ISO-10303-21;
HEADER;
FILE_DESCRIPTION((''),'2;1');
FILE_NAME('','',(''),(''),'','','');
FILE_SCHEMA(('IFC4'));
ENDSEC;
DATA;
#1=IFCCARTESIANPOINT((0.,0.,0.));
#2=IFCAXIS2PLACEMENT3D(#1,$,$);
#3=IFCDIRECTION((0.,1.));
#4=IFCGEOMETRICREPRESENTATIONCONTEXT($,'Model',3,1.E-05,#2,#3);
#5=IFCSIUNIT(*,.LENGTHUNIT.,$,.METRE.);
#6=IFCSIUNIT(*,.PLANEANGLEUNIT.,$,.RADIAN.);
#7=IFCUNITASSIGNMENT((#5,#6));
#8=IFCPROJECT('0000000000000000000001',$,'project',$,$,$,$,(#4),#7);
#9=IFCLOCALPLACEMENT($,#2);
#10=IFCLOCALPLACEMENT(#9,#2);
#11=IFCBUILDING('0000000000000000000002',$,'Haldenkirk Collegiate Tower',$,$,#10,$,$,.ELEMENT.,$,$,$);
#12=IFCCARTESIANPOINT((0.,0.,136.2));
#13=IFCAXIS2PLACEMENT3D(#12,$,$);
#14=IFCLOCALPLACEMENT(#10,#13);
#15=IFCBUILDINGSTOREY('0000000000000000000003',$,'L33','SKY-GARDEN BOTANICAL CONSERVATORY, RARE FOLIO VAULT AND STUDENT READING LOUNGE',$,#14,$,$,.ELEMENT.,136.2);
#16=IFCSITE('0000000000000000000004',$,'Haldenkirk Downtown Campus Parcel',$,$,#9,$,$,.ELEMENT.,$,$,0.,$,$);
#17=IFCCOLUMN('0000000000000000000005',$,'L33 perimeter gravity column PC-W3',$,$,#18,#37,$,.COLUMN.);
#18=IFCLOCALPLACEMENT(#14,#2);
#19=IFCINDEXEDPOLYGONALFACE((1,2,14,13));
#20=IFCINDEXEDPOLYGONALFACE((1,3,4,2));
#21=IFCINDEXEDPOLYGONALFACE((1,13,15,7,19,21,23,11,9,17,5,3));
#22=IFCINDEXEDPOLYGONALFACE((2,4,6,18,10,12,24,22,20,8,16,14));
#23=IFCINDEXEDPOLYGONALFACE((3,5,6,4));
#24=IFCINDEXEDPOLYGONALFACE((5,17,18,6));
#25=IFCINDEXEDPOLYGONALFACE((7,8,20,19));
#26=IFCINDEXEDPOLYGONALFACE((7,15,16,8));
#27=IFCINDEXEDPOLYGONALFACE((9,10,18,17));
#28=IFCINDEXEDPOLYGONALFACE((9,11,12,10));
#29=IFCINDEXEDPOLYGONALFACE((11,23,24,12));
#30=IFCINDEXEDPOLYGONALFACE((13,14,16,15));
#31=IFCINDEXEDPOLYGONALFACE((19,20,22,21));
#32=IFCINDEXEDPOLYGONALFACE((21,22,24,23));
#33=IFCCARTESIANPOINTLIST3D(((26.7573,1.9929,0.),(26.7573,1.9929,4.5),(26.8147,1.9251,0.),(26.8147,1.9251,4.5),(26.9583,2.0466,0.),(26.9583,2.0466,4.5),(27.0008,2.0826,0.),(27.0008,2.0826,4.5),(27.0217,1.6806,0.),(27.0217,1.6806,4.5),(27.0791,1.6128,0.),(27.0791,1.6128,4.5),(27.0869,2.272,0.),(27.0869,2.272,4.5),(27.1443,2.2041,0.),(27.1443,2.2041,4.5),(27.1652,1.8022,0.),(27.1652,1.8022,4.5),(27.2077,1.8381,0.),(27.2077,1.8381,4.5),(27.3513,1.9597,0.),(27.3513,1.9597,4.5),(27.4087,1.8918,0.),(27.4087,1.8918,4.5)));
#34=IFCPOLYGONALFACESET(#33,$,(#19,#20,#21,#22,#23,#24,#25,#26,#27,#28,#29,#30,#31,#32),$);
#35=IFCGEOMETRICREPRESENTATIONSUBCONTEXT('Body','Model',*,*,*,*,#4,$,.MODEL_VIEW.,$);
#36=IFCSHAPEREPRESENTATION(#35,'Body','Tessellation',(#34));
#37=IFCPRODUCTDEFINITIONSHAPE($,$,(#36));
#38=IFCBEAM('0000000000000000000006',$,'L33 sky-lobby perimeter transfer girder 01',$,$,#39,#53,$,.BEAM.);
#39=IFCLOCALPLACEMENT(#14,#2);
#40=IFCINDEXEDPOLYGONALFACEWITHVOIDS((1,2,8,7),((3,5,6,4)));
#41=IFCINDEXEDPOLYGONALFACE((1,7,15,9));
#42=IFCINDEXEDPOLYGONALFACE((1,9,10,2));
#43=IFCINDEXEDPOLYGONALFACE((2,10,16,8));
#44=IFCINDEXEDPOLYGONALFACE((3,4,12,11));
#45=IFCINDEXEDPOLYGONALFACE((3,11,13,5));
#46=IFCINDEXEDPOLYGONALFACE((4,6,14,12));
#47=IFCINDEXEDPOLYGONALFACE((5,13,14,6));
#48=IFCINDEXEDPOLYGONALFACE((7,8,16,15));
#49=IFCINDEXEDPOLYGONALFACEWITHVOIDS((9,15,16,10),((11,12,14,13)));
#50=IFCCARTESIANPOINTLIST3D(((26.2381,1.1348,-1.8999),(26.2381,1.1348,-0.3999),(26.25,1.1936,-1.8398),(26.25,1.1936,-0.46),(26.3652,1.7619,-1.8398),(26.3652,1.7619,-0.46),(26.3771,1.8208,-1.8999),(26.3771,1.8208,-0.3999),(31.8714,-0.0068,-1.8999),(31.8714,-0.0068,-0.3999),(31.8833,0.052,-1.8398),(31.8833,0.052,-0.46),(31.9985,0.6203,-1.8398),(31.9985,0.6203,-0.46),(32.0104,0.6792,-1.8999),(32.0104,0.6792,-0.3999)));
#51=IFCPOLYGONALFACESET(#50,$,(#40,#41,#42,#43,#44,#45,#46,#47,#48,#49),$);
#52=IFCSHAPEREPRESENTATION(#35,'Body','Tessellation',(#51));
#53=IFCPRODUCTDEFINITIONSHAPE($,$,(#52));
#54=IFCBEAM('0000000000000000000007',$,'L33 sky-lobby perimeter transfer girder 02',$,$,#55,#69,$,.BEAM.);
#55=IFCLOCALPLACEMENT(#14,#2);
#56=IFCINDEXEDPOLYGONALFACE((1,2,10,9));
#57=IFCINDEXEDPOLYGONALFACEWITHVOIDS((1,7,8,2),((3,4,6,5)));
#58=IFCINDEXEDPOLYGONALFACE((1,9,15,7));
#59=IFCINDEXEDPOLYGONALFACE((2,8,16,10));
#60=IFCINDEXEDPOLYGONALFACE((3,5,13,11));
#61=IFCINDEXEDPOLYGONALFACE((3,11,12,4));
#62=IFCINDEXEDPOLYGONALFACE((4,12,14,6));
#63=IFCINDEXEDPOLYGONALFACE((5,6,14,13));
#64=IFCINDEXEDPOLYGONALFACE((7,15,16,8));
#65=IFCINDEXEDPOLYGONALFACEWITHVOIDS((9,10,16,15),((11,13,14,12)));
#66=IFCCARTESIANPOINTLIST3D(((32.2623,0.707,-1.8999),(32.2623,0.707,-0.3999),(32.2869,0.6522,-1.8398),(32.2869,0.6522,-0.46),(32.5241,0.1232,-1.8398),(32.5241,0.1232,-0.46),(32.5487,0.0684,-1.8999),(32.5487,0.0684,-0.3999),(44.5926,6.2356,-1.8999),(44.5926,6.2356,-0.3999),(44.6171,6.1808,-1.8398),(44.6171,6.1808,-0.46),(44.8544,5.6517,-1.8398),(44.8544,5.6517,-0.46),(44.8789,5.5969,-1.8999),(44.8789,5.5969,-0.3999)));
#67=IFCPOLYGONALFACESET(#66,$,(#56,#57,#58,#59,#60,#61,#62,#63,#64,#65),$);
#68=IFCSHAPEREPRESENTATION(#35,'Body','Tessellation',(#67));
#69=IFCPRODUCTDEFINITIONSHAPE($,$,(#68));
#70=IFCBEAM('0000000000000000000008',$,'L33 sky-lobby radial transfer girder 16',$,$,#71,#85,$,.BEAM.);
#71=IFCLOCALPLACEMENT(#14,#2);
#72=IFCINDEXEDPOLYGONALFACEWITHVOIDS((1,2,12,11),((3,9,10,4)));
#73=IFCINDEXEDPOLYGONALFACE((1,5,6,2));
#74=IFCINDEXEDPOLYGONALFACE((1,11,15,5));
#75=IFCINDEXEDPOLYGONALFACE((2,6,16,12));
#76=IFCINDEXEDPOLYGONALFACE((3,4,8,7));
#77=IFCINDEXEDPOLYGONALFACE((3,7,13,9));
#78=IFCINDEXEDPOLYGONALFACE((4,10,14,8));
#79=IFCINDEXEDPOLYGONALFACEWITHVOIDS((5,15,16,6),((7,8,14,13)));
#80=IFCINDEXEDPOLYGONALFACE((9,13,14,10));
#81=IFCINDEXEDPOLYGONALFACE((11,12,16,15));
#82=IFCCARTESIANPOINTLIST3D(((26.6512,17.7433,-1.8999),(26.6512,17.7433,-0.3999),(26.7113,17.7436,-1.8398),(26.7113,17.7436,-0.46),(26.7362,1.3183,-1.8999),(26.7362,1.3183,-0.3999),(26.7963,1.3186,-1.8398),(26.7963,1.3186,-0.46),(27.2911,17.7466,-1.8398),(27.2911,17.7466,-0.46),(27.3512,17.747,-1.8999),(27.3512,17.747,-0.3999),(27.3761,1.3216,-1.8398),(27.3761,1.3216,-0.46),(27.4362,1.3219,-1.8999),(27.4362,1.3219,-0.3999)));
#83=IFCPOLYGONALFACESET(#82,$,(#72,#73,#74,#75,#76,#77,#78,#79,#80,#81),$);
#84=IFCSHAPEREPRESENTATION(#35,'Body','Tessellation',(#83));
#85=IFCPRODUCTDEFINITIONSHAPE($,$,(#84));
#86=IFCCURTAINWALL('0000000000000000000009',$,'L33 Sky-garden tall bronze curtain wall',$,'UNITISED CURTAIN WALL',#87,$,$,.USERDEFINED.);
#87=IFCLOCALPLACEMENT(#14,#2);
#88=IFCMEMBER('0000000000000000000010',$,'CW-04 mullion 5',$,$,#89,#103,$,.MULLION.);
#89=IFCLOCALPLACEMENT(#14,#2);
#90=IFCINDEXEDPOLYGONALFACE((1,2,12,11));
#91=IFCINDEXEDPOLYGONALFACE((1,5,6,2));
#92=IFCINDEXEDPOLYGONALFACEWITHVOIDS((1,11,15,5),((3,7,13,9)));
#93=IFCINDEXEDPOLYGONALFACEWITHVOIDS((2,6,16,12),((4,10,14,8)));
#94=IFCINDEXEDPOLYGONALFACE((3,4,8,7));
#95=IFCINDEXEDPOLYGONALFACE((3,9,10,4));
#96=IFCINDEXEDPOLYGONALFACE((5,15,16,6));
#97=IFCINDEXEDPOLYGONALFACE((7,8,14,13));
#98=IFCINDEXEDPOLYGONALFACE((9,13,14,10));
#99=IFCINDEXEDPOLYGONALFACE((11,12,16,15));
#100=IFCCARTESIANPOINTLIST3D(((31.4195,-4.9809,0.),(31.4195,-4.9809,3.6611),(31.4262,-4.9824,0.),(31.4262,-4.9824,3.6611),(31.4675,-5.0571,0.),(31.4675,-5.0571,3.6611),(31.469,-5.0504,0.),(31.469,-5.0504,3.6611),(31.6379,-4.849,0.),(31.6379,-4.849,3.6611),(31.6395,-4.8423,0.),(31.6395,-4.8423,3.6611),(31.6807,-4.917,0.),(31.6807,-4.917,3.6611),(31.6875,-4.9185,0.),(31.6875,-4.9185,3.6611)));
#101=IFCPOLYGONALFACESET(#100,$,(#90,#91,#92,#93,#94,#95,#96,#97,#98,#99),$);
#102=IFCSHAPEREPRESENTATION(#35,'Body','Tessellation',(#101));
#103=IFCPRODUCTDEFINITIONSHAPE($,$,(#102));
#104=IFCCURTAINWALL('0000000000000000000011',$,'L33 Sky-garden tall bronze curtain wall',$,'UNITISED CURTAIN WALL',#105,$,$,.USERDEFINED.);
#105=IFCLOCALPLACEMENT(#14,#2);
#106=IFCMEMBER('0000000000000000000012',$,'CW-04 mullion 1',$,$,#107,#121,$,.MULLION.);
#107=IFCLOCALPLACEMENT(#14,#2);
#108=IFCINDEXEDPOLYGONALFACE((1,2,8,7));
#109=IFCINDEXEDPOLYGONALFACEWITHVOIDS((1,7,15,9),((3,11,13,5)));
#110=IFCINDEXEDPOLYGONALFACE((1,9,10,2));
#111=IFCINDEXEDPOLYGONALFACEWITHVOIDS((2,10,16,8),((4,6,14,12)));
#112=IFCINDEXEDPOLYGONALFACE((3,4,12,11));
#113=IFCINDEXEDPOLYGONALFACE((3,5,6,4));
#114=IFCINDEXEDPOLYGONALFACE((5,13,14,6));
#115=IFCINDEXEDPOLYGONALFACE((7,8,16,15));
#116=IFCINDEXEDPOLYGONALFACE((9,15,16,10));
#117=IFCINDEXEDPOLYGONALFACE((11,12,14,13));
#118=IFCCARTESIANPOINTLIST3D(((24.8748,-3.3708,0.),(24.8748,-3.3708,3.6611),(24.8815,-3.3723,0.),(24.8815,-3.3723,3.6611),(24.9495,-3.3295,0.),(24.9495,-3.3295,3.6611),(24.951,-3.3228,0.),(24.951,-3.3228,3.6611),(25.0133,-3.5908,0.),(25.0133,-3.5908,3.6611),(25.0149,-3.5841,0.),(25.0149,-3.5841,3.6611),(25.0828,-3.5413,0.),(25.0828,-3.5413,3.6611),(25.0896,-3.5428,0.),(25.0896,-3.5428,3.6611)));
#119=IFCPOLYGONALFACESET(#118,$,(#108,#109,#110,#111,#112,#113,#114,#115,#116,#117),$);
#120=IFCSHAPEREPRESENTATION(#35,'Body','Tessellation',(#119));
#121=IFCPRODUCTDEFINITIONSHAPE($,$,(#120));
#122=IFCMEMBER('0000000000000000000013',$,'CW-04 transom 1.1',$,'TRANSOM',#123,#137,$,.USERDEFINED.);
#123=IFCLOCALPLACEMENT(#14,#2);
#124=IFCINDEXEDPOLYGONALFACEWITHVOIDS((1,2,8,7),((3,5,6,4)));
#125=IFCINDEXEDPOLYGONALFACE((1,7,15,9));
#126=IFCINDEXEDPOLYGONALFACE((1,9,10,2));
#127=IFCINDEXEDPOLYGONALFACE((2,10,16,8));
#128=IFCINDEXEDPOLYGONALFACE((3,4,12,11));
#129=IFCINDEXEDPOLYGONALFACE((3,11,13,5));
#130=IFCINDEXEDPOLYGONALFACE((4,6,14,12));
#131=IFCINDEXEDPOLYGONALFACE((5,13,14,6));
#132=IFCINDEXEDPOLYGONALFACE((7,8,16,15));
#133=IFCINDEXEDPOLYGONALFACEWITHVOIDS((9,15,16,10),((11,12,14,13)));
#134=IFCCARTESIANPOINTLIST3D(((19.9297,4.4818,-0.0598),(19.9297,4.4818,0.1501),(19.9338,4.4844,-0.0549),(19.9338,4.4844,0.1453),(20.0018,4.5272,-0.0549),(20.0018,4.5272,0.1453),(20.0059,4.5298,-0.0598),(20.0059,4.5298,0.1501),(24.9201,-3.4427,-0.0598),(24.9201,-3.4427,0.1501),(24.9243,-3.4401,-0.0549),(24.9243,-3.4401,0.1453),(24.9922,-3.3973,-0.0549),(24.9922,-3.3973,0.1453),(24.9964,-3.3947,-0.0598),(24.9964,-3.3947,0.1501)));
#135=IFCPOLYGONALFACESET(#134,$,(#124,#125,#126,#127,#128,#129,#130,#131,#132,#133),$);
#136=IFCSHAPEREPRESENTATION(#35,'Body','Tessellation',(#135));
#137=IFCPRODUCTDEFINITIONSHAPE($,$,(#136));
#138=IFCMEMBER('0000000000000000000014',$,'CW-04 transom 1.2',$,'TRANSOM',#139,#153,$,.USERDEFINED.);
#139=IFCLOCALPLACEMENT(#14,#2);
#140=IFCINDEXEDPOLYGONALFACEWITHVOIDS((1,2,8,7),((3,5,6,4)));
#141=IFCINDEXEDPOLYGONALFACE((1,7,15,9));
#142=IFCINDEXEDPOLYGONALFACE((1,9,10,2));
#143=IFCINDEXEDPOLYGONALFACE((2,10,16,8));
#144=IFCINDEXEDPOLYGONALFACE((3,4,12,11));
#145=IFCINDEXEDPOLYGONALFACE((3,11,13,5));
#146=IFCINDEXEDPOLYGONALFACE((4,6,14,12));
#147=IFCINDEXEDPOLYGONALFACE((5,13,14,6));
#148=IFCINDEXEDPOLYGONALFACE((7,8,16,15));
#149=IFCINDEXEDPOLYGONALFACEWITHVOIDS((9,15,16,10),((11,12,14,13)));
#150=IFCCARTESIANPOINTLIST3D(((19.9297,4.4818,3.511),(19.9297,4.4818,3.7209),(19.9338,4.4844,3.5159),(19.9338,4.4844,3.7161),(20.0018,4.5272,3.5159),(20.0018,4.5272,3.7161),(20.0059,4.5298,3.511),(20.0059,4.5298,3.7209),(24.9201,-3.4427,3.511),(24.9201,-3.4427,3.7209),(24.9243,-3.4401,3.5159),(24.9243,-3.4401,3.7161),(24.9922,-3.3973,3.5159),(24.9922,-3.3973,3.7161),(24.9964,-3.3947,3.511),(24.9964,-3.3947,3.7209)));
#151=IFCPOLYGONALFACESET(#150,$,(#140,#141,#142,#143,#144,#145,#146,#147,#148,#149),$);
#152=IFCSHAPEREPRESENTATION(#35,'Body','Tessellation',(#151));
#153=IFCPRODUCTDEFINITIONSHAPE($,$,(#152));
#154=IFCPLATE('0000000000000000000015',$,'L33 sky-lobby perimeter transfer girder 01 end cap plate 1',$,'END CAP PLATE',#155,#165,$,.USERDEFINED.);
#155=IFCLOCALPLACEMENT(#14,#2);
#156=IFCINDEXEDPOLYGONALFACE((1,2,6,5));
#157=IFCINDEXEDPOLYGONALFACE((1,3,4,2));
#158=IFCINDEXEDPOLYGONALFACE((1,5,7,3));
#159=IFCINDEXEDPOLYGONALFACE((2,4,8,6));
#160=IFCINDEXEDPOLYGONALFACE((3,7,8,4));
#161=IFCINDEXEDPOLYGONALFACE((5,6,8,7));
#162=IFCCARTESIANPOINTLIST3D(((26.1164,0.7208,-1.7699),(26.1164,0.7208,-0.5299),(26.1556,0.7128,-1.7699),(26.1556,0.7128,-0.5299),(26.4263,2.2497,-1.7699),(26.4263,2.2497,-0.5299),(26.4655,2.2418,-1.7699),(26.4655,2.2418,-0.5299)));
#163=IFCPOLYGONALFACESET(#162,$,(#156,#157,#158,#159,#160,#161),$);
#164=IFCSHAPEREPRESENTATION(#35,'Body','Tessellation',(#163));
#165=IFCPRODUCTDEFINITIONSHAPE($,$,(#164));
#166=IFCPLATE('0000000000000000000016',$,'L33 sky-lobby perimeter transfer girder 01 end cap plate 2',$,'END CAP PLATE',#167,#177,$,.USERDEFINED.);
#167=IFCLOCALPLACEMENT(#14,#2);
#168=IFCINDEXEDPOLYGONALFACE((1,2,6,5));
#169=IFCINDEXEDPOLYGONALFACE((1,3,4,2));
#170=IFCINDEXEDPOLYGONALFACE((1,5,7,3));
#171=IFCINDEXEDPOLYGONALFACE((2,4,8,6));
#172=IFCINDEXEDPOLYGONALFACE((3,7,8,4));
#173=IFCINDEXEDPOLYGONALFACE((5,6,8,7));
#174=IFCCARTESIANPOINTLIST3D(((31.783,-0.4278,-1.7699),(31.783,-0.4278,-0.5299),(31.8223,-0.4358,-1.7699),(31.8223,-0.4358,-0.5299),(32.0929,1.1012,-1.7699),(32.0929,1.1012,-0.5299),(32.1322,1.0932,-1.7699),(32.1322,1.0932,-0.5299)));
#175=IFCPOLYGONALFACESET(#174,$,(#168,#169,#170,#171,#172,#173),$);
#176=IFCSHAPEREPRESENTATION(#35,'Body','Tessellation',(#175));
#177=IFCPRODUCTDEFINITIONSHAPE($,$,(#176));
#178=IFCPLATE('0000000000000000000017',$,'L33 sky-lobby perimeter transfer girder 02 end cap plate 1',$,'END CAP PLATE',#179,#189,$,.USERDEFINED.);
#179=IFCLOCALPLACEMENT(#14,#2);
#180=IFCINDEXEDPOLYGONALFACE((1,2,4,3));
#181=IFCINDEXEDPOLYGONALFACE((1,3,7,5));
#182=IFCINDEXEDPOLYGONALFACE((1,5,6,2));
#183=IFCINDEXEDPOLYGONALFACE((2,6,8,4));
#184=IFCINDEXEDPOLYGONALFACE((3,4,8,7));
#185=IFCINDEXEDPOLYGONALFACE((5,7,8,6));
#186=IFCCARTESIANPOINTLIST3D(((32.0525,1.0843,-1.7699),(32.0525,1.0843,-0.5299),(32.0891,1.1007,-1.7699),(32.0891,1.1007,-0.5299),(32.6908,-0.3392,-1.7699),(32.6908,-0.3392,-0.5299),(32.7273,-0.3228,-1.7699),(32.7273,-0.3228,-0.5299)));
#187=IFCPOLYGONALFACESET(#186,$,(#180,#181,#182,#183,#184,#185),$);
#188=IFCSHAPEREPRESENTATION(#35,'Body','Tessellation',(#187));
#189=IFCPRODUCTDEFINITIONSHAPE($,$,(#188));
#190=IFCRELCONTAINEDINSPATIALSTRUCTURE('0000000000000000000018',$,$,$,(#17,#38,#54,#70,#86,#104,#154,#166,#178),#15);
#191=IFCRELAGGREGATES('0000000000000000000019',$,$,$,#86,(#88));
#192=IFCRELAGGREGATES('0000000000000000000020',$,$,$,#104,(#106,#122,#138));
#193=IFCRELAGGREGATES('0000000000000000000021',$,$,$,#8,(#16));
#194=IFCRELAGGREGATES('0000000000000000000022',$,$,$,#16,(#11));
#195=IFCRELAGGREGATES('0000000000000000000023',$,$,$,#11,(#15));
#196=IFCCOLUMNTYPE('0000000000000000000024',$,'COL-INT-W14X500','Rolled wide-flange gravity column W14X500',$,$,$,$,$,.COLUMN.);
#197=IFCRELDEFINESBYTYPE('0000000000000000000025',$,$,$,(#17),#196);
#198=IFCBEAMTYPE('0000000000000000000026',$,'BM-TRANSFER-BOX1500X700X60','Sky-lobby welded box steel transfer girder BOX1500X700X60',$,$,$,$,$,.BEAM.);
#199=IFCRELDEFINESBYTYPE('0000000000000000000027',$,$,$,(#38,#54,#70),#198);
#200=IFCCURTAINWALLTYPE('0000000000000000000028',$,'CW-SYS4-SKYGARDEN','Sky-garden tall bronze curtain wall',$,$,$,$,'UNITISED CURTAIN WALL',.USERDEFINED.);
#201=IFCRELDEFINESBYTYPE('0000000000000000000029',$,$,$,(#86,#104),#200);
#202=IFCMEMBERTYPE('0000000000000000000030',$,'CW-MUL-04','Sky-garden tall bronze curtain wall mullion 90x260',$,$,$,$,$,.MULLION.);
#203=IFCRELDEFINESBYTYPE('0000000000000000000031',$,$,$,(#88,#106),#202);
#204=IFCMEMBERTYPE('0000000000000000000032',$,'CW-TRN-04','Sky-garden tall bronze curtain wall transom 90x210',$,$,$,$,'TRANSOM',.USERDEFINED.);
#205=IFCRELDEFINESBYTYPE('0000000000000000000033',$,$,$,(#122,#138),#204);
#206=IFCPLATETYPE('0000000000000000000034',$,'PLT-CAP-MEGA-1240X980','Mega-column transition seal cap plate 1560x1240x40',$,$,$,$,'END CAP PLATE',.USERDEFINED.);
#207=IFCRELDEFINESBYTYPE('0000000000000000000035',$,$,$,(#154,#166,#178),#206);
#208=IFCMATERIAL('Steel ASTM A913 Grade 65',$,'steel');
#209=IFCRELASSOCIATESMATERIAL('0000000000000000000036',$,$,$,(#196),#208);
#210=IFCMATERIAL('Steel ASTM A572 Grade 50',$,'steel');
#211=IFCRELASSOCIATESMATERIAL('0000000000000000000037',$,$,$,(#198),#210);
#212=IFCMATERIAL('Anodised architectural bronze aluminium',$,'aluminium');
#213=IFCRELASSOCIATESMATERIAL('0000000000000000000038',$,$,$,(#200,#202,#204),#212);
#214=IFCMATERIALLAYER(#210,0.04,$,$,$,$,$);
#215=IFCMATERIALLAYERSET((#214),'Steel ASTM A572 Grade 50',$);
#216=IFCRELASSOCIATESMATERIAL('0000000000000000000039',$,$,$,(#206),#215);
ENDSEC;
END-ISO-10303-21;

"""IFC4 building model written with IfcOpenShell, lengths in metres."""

from ifc_helpers import new_model, si_unit, direction, frame, origin, origin_2d, place, context, subcontext, project, spatial, rectangle, hollow_rectangle, i_section, extrude, source, transform, mapped, material, layer, layer_set, material_profile, profile_set, type_object, element, aggregate, save


model = new_model("IFC4")

# Units and contexts
model_context = context("Model", 3, precision=1e-05, world=origin(), true_north=direction((0.0, 1.0)))
body_context = subcontext(model_context, "Body", "Model", "MODEL_VIEW")
ifc_project = project(units=[si_unit("LENGTHUNIT", "METRE"), si_unit("PLANEANGLEUNIT", "RADIAN")], contexts=[model_context])

# Site, building, storey
site_placement = place(None, origin())
site = spatial("IfcSite", under=ifc_project, at=site_placement, Name="Haldenkirk Downtown Campus Parcel", CompositionType="ELEMENT", RefElevation=0.0)
building_placement = place(site_placement, origin())
building = spatial("IfcBuilding", under=site, at=building_placement, Name="Haldenkirk Collegiate Tower", CompositionType="ELEMENT")
storey_placement = place(building_placement, frame((0.0, 0.0, 136.2)))
storey = spatial("IfcBuildingStorey", under=building, at=storey_placement, Name="L33", Description="SKY-GARDEN BOTANICAL CONSERVATORY, RARE FOLIO VAULT AND STUDENT READING LOUNGE", CompositionType="ELEMENT", Elevation=136.2)

# Column
ifc_material_1 = material(Name="Steel ASTM A913 Grade 65", Category="steel")
ifc_material_profile_1 = material_profile(ifc_material_1, i_section(OverallWidth=0.4319, OverallDepth=0.498, WebThickness=0.0557, FlangeThickness=0.0889, at=origin_2d()), Name="W14X500")
ifc_profile_set_1 = profile_set([ifc_material_profile_1], Name="Steel ASTM A913 Grade 65")
column_type = type_object("IfcColumnType", Name="COL-INT-W14X500", Description="Rolled wide-flange gravity column W14X500", PredefinedType="COLUMN", material=ifc_profile_set_1)
column_placement = place(storey_placement, frame((27.083, 1.9424, 0.0), z_axis=(0.0, 0.0, 1.0), x_axis=(0.763232, 0.646124, 0.0)))
element("IfcColumn", 1, at=column_placement, inside=storey, type_object=column_type, Name="L33 perimeter gravity column PC-W3", PredefinedType="COLUMN", context=body_context, shape_type="SweptSolid", body=[
    extrude(i_section(OverallWidth=0.4319, OverallDepth=0.498, WebThickness=0.0557, FlangeThickness=0.0889, at=origin_2d()), origin(), (0.0, 0.0, 1.0), 4.5),
])

# Beams
ifc_material_2 = material(Name="Steel ASTM A572 Grade 50", Category="steel")
ifc_material_profile_2 = material_profile(ifc_material_2, hollow_rectangle(XDim=0.7, YDim=1.5, WallThickness=0.0601, at=origin_2d()), Name="BOX1500X700X60")
ifc_profile_set_2 = profile_set([ifc_material_profile_2], Name="Steel ASTM A572 Grade 50")
beam_type = type_object("IfcBeamType", Name="BM-TRANSFER-BOX1500X700X60", Description="Sky-lobby welded box steel transfer girder BOX1500X700X60", PredefinedType="BEAM", material=ifc_profile_set_2)
beam_1_placement = place(storey_placement, frame((26.3076, 1.4778, -1.1499), z_axis=(0.980078, -0.198615, 0.0), x_axis=(0.198615, 0.980078, 0.0)))
element("IfcBeam", 2, at=beam_1_placement, inside=storey, type_object=beam_type, Name="L33 sky-lobby perimeter transfer girder 01", PredefinedType="BEAM", context=body_context, shape_type="SweptSolid", body=[
    extrude(hollow_rectangle(XDim=0.7, YDim=1.5, WallThickness=0.0601, at=origin_2d()), origin(), (0.0, 0.0, 1.0), 5.7478),
])
beam_2_placement = place(storey_placement, frame((32.4055, 0.3877, -1.1499), z_axis=(0.912477, 0.409129, 0.0), x_axis=(-0.409129, 0.912477, 0.0)))
element("IfcBeam", 3, at=beam_2_placement, inside=storey, type_object=beam_type, Name="L33 sky-lobby perimeter transfer girder 02", PredefinedType="BEAM", context=body_context, shape_type="SweptSolid", body=[
    extrude(hollow_rectangle(XDim=0.7, YDim=1.5, WallThickness=0.0601, at=origin_2d()), origin(), (0.0, 0.0, 1.0), 13.5129),
])
beam_3_placement = place(storey_placement, frame((27.0862, 1.3201, -1.1499), z_axis=(-0.005173, 0.999987, 0.0), x_axis=(-0.999987, -0.005173, 0.0)))
element("IfcBeam", 4, at=beam_3_placement, inside=storey, type_object=beam_type, Name="L33 sky-lobby radial transfer girder 16", PredefinedType="BEAM", context=body_context, shape_type="SweptSolid", body=[
    extrude(hollow_rectangle(XDim=0.7, YDim=1.5, WallThickness=0.0601, at=origin_2d()), origin(), (0.0, 0.0, 1.0), 16.4253),
])

# Curtain wall, member
ifc_material_3 = material(Name="Anodised architectural bronze aluminium", Category="aluminium")
curtain_wall_type = type_object("IfcCurtainWallType", Name="CW-SYS4-SKYGARDEN", Description="Sky-garden tall bronze curtain wall", ElementType="UNITISED CURTAIN WALL", PredefinedType="USERDEFINED", material=ifc_material_3)
curtain_wall_1_placement = place(storey_placement, origin())
curtain_wall_1 = element("IfcCurtainWall", 5, at=curtain_wall_1_placement, inside=storey, type_object=curtain_wall_type, Name="L33 Sky-garden tall bronze curtain wall", ObjectType="UNITISED CURTAIN WALL", PredefinedType="USERDEFINED")
ifc_material_profile_3 = material_profile(ifc_material_3, hollow_rectangle(XDim=0.0901, YDim=0.26, WallThickness=0.0049, at=origin_2d()), Name="CW-MUL-04")
ifc_profile_set_3 = profile_set([ifc_material_profile_3], Name="Anodised architectural bronze aluminium")
member_type_1 = type_object("IfcMemberType", Name="CW-MUL-04", Description="Sky-garden tall bronze curtain wall mullion 90x260", PredefinedType="MULLION", material=ifc_profile_set_3)
member_1_placement = place(storey_placement, frame((31.5535, -4.9497, 0.0), z_axis=(0.0, 0.0, 1.0), x_axis=(0.532875, -0.846194, 0.0)))
member_1 = element("IfcMember", 6, at=member_1_placement, type_object=member_type_1, Name="CW-04 mullion 5", PredefinedType="MULLION", context=body_context, shape_type="SweptSolid", body=[
    extrude(hollow_rectangle(XDim=0.0901, YDim=0.26, WallThickness=0.0049, at=origin_2d()), origin(), (0.0, 0.0, 1.0), 3.6611),
])
aggregate(curtain_wall_1, [member_1])

# Curtain wall, members
curtain_wall_2_placement = place(storey_placement, origin())
curtain_wall_2 = element("IfcCurtainWall", 7, at=curtain_wall_2_placement, inside=storey, type_object=curtain_wall_type, Name="L33 Sky-garden tall bronze curtain wall", ObjectType="UNITISED CURTAIN WALL", PredefinedType="USERDEFINED")
member_2_placement = place(storey_placement, frame((24.9822, -3.4568, 0.0), z_axis=(0.0, 0.0, 1.0), x_axis=(-0.846192, -0.532878, 0.0)))
member_2 = element("IfcMember", 8, at=member_2_placement, type_object=member_type_1, Name="CW-04 mullion 1", PredefinedType="MULLION", context=body_context, shape_type="SweptSolid", body=[
    extrude(hollow_rectangle(XDim=0.0901, YDim=0.26, WallThickness=0.0049, at=origin_2d()), origin(), (0.0, 0.0, 1.0), 3.6611),
])
ifc_material_profile_4 = material_profile(ifc_material_3, hollow_rectangle(XDim=0.0901, YDim=0.21, WallThickness=0.0049, at=origin_2d()), Name="CW-TRN-04")
ifc_profile_set_4 = profile_set([ifc_material_profile_4], Name="Anodised architectural bronze aluminium")
member_type_2 = type_object("IfcMemberType", Name="CW-TRN-04", Description="Sky-garden tall bronze curtain wall transom 90x210", ElementType="TRANSOM", PredefinedType="USERDEFINED", material=ifc_profile_set_4)
member_3_placement = place(storey_placement, frame((24.9583, -3.4187, 0.0452), z_axis=(-0.532885, 0.846188, 0.0), x_axis=(-0.846188, -0.532885, 0.0)))
member_3 = element("IfcMember", 9, at=member_3_placement, type_object=member_type_2, Name="CW-04 transom 1.1", ObjectType="TRANSOM", PredefinedType="USERDEFINED", context=body_context, shape_type="SweptSolid", body=[
    extrude(hollow_rectangle(XDim=0.0901, YDim=0.21, WallThickness=0.0049, at=origin_2d()), origin(), (0.0, 0.0, 1.0), 9.365),
])
member_4_placement = place(storey_placement, frame((24.9583, -3.4187, 3.616), z_axis=(-0.532885, 0.846188, 0.0), x_axis=(-0.846188, -0.532885, 0.0)))
member_4 = element("IfcMember", 10, at=member_4_placement, type_object=member_type_2, Name="CW-04 transom 1.2", ObjectType="TRANSOM", PredefinedType="USERDEFINED", context=body_context, shape_type="SweptSolid", body=[
    extrude(hollow_rectangle(XDim=0.0901, YDim=0.21, WallThickness=0.0049, at=origin_2d()), origin(), (0.0, 0.0, 1.0), 9.365),
])

# Plates
ifc_layer_1 = layer(ifc_material_2, 0.04)
ifc_layer_set_1 = layer_set([ifc_layer_1], Name="Steel ASTM A572 Grade 50")
plate_type_1 = type_object("IfcPlateType", Name="PLT-CAP-MEGA-1240X980", Description="Mega-column transition seal cap plate 1560x1240x40", ElementType="END CAP PLATE", PredefinedType="USERDEFINED", material=ifc_layer_set_1)
shared_shape_1 = source(origin(), body_context, "Body", "SweptSolid", [
    extrude(rectangle(XDim=1.5601, YDim=1.24, at=origin_2d()), origin(), (0.0, 0.0, 1.0), 0.04),
])
for number, where, z_axis, x_axis, name in (
    (11, (26.3105, 1.4773, -1.1499), (-0.980071, 0.198648, 0.0), (-0.198648, -0.980071, 0.0), "L33 sky-lobby perimeter transfer girder 01 end cap plate 1"),
    (12, (31.938, 0.3367, -1.1499), (0.980071, -0.198648, 0.0), (0.198648, 0.980071, 0.0), "L33 sky-lobby perimeter transfer girder 01 end cap plate 2"),
    (13, (32.4082, 0.3889, -1.1499), (-0.912477, -0.409129, 0.0), (0.409129, -0.912477, 0.0), "L33 sky-lobby perimeter transfer girder 02 end cap plate 1"),
):
    element("IfcPlate", number, at=place(storey_placement, frame(where, z_axis=z_axis, x_axis=x_axis)), inside=storey, type_object=plate_type_1, Name=name, ObjectType="END CAP PLATE", PredefinedType="USERDEFINED", context=body_context, shape_type="MappedRepresentation", body=[
        mapped(shared_shape_1, transform((0.0, 0.0, 0.0), x_axis=(1.0, 0.0, 0.0), y_axis=(0.0, 1.0, 0.0), z_axis=(0.0, 0.0, 1.0), scale=1.0)),
    ])

aggregate(curtain_wall_2, [member_2, member_3, member_4])

save(model, "model.ifc")
